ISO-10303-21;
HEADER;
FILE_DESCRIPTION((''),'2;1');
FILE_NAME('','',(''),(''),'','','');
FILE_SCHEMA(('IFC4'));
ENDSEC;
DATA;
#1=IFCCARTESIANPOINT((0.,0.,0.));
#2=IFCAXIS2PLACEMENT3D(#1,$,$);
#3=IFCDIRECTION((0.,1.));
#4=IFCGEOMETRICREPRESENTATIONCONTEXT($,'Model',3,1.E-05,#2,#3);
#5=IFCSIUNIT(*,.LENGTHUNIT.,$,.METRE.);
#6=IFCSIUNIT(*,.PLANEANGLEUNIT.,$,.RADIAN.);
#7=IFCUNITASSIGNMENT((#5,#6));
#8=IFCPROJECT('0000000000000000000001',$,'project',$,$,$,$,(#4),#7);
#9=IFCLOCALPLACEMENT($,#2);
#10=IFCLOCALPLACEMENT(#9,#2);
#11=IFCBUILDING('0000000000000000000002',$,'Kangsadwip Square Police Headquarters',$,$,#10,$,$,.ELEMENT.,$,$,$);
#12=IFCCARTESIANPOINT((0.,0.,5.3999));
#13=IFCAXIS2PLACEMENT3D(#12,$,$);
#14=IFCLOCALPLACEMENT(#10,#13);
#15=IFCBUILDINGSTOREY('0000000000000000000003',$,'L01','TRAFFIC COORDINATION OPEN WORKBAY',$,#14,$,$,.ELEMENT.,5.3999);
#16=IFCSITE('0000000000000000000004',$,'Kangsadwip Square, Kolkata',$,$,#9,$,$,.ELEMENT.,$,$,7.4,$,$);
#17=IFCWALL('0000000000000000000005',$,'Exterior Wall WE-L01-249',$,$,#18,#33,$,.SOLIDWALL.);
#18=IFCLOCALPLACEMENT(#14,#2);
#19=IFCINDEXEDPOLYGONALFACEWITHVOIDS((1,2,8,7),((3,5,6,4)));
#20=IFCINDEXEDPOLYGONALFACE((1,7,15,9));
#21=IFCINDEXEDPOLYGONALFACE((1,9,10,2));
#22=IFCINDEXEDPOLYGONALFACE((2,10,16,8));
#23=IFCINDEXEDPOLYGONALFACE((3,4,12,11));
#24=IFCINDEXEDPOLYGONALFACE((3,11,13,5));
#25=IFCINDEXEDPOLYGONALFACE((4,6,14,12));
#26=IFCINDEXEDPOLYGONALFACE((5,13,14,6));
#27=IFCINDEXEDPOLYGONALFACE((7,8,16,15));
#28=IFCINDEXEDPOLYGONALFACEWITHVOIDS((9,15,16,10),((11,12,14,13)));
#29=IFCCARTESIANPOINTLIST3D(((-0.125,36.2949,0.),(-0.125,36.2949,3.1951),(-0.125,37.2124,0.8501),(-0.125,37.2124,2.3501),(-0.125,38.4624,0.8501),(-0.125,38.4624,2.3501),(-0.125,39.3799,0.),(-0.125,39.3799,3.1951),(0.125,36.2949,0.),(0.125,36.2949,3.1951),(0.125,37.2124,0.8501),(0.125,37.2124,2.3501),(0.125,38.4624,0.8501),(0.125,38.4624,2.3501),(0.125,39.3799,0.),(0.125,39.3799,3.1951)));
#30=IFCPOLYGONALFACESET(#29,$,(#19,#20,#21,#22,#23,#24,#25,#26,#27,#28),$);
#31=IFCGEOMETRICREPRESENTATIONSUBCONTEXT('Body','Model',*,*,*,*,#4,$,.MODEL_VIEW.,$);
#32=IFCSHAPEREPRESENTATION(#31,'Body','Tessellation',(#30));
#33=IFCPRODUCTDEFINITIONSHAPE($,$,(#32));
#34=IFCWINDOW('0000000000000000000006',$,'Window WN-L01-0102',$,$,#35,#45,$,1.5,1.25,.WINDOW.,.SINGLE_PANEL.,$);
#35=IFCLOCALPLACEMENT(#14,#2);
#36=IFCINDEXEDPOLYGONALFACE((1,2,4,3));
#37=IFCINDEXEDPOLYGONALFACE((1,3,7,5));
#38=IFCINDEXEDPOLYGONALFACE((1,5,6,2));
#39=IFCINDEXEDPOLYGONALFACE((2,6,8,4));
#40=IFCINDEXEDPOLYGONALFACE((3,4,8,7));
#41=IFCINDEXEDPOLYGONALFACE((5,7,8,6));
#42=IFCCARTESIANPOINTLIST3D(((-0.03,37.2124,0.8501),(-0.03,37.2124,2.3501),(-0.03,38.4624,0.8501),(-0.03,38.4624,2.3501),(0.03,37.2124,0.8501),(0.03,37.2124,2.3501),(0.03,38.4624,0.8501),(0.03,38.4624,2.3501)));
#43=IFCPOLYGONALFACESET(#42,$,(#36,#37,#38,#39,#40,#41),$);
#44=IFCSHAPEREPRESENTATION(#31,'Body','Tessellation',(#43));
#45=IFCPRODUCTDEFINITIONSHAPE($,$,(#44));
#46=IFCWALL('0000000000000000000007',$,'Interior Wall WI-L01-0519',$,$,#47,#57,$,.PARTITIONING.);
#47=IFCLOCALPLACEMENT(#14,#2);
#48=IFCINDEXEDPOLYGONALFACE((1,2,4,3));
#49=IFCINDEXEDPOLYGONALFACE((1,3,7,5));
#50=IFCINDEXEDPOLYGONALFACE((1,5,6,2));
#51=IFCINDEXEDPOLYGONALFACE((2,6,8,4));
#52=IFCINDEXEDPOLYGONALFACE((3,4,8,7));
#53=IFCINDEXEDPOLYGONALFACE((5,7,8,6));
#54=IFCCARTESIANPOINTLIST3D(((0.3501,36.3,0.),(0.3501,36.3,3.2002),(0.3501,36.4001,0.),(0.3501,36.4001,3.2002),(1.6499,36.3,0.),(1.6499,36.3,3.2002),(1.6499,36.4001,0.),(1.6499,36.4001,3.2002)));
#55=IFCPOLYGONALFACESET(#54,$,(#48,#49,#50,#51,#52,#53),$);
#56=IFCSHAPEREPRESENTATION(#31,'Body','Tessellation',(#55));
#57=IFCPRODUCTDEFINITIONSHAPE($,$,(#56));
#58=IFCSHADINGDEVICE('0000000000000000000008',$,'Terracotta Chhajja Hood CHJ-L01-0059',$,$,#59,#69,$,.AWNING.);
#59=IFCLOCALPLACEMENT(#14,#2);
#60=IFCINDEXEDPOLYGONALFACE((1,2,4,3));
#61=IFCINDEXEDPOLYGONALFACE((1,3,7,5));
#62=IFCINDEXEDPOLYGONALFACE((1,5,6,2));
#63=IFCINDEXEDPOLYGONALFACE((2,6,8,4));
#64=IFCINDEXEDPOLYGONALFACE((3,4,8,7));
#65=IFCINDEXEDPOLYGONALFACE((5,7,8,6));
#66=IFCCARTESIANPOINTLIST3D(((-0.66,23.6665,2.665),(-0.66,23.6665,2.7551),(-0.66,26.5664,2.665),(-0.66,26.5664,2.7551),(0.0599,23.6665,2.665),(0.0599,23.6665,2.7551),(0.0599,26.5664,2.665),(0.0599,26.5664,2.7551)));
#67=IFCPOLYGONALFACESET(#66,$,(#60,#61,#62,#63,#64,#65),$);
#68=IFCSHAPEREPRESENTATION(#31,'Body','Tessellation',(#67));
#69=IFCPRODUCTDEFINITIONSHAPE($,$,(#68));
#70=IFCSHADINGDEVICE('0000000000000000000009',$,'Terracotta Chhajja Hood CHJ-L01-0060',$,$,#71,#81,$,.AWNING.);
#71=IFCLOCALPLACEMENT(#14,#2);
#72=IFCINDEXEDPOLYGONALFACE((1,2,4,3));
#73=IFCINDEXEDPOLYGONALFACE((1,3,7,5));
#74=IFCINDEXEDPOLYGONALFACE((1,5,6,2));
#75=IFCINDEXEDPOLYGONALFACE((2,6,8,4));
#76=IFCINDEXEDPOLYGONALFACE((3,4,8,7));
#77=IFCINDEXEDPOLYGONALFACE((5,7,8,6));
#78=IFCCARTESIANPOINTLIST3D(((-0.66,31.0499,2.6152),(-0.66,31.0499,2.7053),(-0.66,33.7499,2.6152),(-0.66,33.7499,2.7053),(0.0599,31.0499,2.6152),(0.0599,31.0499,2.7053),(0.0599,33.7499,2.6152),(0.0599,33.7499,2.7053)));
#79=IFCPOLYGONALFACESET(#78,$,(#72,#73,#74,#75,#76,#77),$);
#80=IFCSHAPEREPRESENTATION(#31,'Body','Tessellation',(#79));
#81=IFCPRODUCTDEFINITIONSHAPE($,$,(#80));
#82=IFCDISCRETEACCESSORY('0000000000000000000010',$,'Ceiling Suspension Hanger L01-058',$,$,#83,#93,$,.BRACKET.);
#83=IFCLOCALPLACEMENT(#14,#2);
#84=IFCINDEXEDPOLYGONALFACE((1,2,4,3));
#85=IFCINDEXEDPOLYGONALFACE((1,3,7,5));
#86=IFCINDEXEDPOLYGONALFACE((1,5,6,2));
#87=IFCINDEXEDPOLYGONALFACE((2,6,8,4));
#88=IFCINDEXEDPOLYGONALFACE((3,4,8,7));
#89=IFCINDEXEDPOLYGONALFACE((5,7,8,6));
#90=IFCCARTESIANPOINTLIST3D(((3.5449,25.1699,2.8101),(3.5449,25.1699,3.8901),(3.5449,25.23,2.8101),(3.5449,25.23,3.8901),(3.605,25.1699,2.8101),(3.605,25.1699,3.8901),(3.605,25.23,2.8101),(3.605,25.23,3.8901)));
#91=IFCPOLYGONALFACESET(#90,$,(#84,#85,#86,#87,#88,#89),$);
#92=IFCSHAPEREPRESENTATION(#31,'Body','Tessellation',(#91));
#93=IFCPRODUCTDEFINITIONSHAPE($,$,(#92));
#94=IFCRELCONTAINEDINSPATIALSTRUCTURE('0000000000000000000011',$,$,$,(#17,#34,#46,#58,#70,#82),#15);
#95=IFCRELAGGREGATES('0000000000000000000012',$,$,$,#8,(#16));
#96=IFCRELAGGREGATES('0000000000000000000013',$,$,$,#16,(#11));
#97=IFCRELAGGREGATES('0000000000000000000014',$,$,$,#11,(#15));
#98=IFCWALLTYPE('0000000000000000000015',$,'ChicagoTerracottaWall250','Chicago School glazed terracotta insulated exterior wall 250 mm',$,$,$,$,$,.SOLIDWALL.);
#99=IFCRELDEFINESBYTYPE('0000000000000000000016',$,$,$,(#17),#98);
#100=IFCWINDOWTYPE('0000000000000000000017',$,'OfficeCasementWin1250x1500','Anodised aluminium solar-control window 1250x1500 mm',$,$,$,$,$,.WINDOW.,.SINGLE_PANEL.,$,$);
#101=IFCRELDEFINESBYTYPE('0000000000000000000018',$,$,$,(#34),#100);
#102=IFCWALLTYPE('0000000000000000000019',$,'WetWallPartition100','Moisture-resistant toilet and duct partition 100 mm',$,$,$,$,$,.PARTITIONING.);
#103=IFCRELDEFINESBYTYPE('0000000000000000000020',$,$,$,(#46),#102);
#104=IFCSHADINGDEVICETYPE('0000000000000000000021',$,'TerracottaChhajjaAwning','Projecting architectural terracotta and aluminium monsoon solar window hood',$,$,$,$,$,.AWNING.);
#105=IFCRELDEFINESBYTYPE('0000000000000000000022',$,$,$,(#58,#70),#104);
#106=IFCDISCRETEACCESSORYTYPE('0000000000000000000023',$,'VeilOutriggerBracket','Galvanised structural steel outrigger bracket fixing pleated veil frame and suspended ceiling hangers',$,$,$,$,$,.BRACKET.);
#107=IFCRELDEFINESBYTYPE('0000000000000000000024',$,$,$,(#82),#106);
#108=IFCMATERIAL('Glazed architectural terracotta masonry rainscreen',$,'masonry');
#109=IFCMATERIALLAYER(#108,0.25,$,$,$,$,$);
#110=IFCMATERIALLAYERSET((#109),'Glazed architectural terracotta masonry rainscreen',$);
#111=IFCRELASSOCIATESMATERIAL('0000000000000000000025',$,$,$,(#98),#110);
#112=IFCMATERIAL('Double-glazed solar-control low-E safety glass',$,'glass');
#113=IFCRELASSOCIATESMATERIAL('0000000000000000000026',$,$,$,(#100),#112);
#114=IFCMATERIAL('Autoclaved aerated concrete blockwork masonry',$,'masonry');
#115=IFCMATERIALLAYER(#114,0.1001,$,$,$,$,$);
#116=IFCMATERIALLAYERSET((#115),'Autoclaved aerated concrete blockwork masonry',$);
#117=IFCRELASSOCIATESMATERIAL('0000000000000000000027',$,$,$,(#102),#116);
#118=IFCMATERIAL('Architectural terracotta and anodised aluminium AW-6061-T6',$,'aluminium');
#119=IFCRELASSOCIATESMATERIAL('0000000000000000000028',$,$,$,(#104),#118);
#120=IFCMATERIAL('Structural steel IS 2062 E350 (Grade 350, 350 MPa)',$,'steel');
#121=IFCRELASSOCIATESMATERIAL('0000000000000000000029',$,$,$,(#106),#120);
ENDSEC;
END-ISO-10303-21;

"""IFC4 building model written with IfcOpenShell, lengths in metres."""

from ifc_helpers import new_model, si_unit, direction, frame, frame_2d, origin, origin_2d, place, context, subcontext, project, spatial, rectangle, extrude, material, layer, layer_set, type_object, element, fill, save


model = new_model("IFC4")

# Units and contexts
model_context = context("Model", 3, precision=1e-05, world=origin(), true_north=direction((0.0, 1.0)))
body_context = subcontext(model_context, "Body", "Model", "MODEL_VIEW")
ifc_project = project(units=[si_unit("LENGTHUNIT", "METRE"), si_unit("PLANEANGLEUNIT", "RADIAN")], contexts=[model_context])

# Site, building, storey
site_placement = place(None, origin())
site = spatial("IfcSite", under=ifc_project, at=site_placement, Name="Kangsadwip Square, Kolkata", CompositionType="ELEMENT", RefElevation=7.4)
building_placement = place(site_placement, origin())
building = spatial("IfcBuilding", under=site, at=building_placement, Name="Kangsadwip Square Police Headquarters", CompositionType="ELEMENT")
storey_placement = place(building_placement, frame((0.0, 0.0, 5.3999)))
storey = spatial("IfcBuildingStorey", under=building, at=storey_placement, Name="L01", Description="TRAFFIC COORDINATION OPEN WORKBAY", CompositionType="ELEMENT", Elevation=5.3999)

# Wall, opening, window
ifc_material_1 = material(Name="Glazed architectural terracotta masonry rainscreen", Category="masonry")
ifc_layer_1 = layer(ifc_material_1, 0.25)
ifc_layer_set_1 = layer_set([ifc_layer_1], Name="Glazed architectural terracotta masonry rainscreen")
wall_type_1 = type_object("IfcWallType", Name="ChicagoTerracottaWall250", Description="Chicago School glazed terracotta insulated exterior wall 250 mm", PredefinedType="SOLIDWALL", material=ifc_layer_set_1)
wall_1_placement = place(storey_placement, frame((0.0, 36.2949, 0.0), z_axis=(0.0, 0.0, 1.0), x_axis=(0.0, 1.0, 0.0)))
wall_1 = element("IfcWall", 1, at=wall_1_placement, inside=storey, type_object=wall_type_1, Name="Exterior Wall WE-L01-249", PredefinedType="SOLIDWALL", context=body_context, shape_type="SweptSolid", body=[
    extrude(rectangle(XDim=3.085, YDim=0.25, at=frame_2d((1.5425, 0.0))), origin(), (0.0, 0.0, 1.0), 3.1951),
])
opening_1_placement = place(wall_1_placement, frame((0.9175, 0.0, 0.8501)))
opening_1 = element("IfcOpeningElement", 2, at=opening_1_placement, cuts=wall_1, PredefinedType="OPENING", context=body_context, shape_type="SweptSolid", body=[
    extrude(rectangle(XDim=1.25, YDim=1.5, at=frame_2d((0.625, 0.75))), frame((0.0, 0.135, 0.0), z_axis=(0.0, -1.0, 0.0), x_axis=(1.0, 0.0, 0.0)), (0.0, 0.0, 1.0), 0.27),
])
ifc_material_2 = material(Name="Double-glazed solar-control low-E safety glass", Category="glass")
window_type_1 = type_object("IfcWindowType", Name="OfficeCasementWin1250x1500", Description="Anodised aluminium solar-control window 1250x1500 mm", PartitioningType="SINGLE_PANEL", PredefinedType="WINDOW", material=ifc_material_2)
window_1_placement = place(opening_1_placement, origin())
window_1 = element("IfcWindow", 3, at=window_1_placement, inside=storey, type_object=window_type_1, Name="Window WN-L01-0102", OverallHeight=1.5, OverallWidth=1.25, PartitioningType="SINGLE_PANEL", PredefinedType="WINDOW", context=body_context, shape_type="SweptSolid", body=[
    extrude(rectangle(XDim=1.25, YDim=1.5, at=frame_2d((0.625, 0.75))), frame((0.0, 0.03, 0.0), z_axis=(0.0, -1.0, 0.0), x_axis=(1.0, 0.0, 0.0)), (0.0, 0.0, 1.0), 0.0601),
])
fill(opening_1, window_1)

# Wall
ifc_material_3 = material(Name="Autoclaved aerated concrete blockwork masonry", Category="masonry")
ifc_layer_2 = layer(ifc_material_3, 0.1001)
ifc_layer_set_2 = layer_set([ifc_layer_2], Name="Autoclaved aerated concrete blockwork masonry")
wall_type_2 = type_object("IfcWallType", Name="WetWallPartition100", Description="Moisture-resistant toilet and duct partition 100 mm", PredefinedType="PARTITIONING", material=ifc_layer_set_2)
wall_2_placement = place(storey_placement, frame((0.3501, 36.3501, 0.0), z_axis=(0.0, 0.0, 1.0), x_axis=(1.0, 0.0, 0.0)))
element("IfcWall", 4, at=wall_2_placement, inside=storey, type_object=wall_type_2, Name="Interior Wall WI-L01-0519", PredefinedType="PARTITIONING", context=body_context, shape_type="SweptSolid", body=[
    extrude(rectangle(XDim=1.2998, YDim=0.1001, at=frame_2d((0.6499, 0.0))), origin(), (0.0, 0.0, 1.0), 3.2002),
])

# Shading devices
ifc_material_4 = material(Name="Architectural terracotta and anodised aluminium AW-6061-T6", Category="aluminium")
shading_device_type = type_object("IfcShadingDeviceType", Name="TerracottaChhajjaAwning", Description="Projecting architectural terracotta and aluminium monsoon solar window hood", PredefinedType="AWNING", material=ifc_material_4)
shading_device_1_placement = place(storey_placement, frame((-0.3, 25.1165, 2.665), z_axis=(0.0, 0.0, 1.0), x_axis=(0.0, 1.0, 0.0)))
element("IfcShadingDevice", 5, at=shading_device_1_placement, inside=storey, type_object=shading_device_type, Name="Terracotta Chhajja Hood CHJ-L01-0059", PredefinedType="AWNING", context=body_context, shape_type="SweptSolid", body=[
    extrude(rectangle(XDim=2.8999, YDim=0.72, at=origin_2d()), origin(), (0.0, 0.0, 1.0), 0.0901),
])
shading_device_2_placement = place(storey_placement, frame((-0.3, 32.3999, 2.6152), z_axis=(0.0, 0.0, 1.0), x_axis=(0.0, 1.0, 0.0)))
element("IfcShadingDevice", 6, at=shading_device_2_placement, inside=storey, type_object=shading_device_type, Name="Terracotta Chhajja Hood CHJ-L01-0060", PredefinedType="AWNING", context=body_context, shape_type="SweptSolid", body=[
    extrude(rectangle(XDim=2.7, YDim=0.72, at=origin_2d()), origin(), (0.0, 0.0, 1.0), 0.0901),
])

# Discrete accessory
ifc_material_5 = material(Name="Structural steel IS 2062 E350 (Grade 350, 350 MPa)", Category="steel")
discrete_accessory_type = type_object("IfcDiscreteAccessoryType", Name="VeilOutriggerBracket", Description="Galvanised structural steel outrigger bracket fixing pleated veil frame and suspended ceiling hangers", PredefinedType="BRACKET", material=ifc_material_5)
discrete_accessory_placement = place(storey_placement, frame((3.575, 25.2, 2.8101), z_axis=(0.0, 0.0, 1.0), x_axis=(1.0, 0.0, 0.0)))
element("IfcDiscreteAccessory", 7, at=discrete_accessory_placement, inside=storey, type_object=discrete_accessory_type, Name="Ceiling Suspension Hanger L01-058", PredefinedType="BRACKET", context=body_context, shape_type="SweptSolid", body=[
    extrude(rectangle(XDim=0.0601, YDim=0.0601, at=origin_2d()), origin(), (0.0, 0.0, 1.0), 1.0801),
])

save(model, "model.ifc")
